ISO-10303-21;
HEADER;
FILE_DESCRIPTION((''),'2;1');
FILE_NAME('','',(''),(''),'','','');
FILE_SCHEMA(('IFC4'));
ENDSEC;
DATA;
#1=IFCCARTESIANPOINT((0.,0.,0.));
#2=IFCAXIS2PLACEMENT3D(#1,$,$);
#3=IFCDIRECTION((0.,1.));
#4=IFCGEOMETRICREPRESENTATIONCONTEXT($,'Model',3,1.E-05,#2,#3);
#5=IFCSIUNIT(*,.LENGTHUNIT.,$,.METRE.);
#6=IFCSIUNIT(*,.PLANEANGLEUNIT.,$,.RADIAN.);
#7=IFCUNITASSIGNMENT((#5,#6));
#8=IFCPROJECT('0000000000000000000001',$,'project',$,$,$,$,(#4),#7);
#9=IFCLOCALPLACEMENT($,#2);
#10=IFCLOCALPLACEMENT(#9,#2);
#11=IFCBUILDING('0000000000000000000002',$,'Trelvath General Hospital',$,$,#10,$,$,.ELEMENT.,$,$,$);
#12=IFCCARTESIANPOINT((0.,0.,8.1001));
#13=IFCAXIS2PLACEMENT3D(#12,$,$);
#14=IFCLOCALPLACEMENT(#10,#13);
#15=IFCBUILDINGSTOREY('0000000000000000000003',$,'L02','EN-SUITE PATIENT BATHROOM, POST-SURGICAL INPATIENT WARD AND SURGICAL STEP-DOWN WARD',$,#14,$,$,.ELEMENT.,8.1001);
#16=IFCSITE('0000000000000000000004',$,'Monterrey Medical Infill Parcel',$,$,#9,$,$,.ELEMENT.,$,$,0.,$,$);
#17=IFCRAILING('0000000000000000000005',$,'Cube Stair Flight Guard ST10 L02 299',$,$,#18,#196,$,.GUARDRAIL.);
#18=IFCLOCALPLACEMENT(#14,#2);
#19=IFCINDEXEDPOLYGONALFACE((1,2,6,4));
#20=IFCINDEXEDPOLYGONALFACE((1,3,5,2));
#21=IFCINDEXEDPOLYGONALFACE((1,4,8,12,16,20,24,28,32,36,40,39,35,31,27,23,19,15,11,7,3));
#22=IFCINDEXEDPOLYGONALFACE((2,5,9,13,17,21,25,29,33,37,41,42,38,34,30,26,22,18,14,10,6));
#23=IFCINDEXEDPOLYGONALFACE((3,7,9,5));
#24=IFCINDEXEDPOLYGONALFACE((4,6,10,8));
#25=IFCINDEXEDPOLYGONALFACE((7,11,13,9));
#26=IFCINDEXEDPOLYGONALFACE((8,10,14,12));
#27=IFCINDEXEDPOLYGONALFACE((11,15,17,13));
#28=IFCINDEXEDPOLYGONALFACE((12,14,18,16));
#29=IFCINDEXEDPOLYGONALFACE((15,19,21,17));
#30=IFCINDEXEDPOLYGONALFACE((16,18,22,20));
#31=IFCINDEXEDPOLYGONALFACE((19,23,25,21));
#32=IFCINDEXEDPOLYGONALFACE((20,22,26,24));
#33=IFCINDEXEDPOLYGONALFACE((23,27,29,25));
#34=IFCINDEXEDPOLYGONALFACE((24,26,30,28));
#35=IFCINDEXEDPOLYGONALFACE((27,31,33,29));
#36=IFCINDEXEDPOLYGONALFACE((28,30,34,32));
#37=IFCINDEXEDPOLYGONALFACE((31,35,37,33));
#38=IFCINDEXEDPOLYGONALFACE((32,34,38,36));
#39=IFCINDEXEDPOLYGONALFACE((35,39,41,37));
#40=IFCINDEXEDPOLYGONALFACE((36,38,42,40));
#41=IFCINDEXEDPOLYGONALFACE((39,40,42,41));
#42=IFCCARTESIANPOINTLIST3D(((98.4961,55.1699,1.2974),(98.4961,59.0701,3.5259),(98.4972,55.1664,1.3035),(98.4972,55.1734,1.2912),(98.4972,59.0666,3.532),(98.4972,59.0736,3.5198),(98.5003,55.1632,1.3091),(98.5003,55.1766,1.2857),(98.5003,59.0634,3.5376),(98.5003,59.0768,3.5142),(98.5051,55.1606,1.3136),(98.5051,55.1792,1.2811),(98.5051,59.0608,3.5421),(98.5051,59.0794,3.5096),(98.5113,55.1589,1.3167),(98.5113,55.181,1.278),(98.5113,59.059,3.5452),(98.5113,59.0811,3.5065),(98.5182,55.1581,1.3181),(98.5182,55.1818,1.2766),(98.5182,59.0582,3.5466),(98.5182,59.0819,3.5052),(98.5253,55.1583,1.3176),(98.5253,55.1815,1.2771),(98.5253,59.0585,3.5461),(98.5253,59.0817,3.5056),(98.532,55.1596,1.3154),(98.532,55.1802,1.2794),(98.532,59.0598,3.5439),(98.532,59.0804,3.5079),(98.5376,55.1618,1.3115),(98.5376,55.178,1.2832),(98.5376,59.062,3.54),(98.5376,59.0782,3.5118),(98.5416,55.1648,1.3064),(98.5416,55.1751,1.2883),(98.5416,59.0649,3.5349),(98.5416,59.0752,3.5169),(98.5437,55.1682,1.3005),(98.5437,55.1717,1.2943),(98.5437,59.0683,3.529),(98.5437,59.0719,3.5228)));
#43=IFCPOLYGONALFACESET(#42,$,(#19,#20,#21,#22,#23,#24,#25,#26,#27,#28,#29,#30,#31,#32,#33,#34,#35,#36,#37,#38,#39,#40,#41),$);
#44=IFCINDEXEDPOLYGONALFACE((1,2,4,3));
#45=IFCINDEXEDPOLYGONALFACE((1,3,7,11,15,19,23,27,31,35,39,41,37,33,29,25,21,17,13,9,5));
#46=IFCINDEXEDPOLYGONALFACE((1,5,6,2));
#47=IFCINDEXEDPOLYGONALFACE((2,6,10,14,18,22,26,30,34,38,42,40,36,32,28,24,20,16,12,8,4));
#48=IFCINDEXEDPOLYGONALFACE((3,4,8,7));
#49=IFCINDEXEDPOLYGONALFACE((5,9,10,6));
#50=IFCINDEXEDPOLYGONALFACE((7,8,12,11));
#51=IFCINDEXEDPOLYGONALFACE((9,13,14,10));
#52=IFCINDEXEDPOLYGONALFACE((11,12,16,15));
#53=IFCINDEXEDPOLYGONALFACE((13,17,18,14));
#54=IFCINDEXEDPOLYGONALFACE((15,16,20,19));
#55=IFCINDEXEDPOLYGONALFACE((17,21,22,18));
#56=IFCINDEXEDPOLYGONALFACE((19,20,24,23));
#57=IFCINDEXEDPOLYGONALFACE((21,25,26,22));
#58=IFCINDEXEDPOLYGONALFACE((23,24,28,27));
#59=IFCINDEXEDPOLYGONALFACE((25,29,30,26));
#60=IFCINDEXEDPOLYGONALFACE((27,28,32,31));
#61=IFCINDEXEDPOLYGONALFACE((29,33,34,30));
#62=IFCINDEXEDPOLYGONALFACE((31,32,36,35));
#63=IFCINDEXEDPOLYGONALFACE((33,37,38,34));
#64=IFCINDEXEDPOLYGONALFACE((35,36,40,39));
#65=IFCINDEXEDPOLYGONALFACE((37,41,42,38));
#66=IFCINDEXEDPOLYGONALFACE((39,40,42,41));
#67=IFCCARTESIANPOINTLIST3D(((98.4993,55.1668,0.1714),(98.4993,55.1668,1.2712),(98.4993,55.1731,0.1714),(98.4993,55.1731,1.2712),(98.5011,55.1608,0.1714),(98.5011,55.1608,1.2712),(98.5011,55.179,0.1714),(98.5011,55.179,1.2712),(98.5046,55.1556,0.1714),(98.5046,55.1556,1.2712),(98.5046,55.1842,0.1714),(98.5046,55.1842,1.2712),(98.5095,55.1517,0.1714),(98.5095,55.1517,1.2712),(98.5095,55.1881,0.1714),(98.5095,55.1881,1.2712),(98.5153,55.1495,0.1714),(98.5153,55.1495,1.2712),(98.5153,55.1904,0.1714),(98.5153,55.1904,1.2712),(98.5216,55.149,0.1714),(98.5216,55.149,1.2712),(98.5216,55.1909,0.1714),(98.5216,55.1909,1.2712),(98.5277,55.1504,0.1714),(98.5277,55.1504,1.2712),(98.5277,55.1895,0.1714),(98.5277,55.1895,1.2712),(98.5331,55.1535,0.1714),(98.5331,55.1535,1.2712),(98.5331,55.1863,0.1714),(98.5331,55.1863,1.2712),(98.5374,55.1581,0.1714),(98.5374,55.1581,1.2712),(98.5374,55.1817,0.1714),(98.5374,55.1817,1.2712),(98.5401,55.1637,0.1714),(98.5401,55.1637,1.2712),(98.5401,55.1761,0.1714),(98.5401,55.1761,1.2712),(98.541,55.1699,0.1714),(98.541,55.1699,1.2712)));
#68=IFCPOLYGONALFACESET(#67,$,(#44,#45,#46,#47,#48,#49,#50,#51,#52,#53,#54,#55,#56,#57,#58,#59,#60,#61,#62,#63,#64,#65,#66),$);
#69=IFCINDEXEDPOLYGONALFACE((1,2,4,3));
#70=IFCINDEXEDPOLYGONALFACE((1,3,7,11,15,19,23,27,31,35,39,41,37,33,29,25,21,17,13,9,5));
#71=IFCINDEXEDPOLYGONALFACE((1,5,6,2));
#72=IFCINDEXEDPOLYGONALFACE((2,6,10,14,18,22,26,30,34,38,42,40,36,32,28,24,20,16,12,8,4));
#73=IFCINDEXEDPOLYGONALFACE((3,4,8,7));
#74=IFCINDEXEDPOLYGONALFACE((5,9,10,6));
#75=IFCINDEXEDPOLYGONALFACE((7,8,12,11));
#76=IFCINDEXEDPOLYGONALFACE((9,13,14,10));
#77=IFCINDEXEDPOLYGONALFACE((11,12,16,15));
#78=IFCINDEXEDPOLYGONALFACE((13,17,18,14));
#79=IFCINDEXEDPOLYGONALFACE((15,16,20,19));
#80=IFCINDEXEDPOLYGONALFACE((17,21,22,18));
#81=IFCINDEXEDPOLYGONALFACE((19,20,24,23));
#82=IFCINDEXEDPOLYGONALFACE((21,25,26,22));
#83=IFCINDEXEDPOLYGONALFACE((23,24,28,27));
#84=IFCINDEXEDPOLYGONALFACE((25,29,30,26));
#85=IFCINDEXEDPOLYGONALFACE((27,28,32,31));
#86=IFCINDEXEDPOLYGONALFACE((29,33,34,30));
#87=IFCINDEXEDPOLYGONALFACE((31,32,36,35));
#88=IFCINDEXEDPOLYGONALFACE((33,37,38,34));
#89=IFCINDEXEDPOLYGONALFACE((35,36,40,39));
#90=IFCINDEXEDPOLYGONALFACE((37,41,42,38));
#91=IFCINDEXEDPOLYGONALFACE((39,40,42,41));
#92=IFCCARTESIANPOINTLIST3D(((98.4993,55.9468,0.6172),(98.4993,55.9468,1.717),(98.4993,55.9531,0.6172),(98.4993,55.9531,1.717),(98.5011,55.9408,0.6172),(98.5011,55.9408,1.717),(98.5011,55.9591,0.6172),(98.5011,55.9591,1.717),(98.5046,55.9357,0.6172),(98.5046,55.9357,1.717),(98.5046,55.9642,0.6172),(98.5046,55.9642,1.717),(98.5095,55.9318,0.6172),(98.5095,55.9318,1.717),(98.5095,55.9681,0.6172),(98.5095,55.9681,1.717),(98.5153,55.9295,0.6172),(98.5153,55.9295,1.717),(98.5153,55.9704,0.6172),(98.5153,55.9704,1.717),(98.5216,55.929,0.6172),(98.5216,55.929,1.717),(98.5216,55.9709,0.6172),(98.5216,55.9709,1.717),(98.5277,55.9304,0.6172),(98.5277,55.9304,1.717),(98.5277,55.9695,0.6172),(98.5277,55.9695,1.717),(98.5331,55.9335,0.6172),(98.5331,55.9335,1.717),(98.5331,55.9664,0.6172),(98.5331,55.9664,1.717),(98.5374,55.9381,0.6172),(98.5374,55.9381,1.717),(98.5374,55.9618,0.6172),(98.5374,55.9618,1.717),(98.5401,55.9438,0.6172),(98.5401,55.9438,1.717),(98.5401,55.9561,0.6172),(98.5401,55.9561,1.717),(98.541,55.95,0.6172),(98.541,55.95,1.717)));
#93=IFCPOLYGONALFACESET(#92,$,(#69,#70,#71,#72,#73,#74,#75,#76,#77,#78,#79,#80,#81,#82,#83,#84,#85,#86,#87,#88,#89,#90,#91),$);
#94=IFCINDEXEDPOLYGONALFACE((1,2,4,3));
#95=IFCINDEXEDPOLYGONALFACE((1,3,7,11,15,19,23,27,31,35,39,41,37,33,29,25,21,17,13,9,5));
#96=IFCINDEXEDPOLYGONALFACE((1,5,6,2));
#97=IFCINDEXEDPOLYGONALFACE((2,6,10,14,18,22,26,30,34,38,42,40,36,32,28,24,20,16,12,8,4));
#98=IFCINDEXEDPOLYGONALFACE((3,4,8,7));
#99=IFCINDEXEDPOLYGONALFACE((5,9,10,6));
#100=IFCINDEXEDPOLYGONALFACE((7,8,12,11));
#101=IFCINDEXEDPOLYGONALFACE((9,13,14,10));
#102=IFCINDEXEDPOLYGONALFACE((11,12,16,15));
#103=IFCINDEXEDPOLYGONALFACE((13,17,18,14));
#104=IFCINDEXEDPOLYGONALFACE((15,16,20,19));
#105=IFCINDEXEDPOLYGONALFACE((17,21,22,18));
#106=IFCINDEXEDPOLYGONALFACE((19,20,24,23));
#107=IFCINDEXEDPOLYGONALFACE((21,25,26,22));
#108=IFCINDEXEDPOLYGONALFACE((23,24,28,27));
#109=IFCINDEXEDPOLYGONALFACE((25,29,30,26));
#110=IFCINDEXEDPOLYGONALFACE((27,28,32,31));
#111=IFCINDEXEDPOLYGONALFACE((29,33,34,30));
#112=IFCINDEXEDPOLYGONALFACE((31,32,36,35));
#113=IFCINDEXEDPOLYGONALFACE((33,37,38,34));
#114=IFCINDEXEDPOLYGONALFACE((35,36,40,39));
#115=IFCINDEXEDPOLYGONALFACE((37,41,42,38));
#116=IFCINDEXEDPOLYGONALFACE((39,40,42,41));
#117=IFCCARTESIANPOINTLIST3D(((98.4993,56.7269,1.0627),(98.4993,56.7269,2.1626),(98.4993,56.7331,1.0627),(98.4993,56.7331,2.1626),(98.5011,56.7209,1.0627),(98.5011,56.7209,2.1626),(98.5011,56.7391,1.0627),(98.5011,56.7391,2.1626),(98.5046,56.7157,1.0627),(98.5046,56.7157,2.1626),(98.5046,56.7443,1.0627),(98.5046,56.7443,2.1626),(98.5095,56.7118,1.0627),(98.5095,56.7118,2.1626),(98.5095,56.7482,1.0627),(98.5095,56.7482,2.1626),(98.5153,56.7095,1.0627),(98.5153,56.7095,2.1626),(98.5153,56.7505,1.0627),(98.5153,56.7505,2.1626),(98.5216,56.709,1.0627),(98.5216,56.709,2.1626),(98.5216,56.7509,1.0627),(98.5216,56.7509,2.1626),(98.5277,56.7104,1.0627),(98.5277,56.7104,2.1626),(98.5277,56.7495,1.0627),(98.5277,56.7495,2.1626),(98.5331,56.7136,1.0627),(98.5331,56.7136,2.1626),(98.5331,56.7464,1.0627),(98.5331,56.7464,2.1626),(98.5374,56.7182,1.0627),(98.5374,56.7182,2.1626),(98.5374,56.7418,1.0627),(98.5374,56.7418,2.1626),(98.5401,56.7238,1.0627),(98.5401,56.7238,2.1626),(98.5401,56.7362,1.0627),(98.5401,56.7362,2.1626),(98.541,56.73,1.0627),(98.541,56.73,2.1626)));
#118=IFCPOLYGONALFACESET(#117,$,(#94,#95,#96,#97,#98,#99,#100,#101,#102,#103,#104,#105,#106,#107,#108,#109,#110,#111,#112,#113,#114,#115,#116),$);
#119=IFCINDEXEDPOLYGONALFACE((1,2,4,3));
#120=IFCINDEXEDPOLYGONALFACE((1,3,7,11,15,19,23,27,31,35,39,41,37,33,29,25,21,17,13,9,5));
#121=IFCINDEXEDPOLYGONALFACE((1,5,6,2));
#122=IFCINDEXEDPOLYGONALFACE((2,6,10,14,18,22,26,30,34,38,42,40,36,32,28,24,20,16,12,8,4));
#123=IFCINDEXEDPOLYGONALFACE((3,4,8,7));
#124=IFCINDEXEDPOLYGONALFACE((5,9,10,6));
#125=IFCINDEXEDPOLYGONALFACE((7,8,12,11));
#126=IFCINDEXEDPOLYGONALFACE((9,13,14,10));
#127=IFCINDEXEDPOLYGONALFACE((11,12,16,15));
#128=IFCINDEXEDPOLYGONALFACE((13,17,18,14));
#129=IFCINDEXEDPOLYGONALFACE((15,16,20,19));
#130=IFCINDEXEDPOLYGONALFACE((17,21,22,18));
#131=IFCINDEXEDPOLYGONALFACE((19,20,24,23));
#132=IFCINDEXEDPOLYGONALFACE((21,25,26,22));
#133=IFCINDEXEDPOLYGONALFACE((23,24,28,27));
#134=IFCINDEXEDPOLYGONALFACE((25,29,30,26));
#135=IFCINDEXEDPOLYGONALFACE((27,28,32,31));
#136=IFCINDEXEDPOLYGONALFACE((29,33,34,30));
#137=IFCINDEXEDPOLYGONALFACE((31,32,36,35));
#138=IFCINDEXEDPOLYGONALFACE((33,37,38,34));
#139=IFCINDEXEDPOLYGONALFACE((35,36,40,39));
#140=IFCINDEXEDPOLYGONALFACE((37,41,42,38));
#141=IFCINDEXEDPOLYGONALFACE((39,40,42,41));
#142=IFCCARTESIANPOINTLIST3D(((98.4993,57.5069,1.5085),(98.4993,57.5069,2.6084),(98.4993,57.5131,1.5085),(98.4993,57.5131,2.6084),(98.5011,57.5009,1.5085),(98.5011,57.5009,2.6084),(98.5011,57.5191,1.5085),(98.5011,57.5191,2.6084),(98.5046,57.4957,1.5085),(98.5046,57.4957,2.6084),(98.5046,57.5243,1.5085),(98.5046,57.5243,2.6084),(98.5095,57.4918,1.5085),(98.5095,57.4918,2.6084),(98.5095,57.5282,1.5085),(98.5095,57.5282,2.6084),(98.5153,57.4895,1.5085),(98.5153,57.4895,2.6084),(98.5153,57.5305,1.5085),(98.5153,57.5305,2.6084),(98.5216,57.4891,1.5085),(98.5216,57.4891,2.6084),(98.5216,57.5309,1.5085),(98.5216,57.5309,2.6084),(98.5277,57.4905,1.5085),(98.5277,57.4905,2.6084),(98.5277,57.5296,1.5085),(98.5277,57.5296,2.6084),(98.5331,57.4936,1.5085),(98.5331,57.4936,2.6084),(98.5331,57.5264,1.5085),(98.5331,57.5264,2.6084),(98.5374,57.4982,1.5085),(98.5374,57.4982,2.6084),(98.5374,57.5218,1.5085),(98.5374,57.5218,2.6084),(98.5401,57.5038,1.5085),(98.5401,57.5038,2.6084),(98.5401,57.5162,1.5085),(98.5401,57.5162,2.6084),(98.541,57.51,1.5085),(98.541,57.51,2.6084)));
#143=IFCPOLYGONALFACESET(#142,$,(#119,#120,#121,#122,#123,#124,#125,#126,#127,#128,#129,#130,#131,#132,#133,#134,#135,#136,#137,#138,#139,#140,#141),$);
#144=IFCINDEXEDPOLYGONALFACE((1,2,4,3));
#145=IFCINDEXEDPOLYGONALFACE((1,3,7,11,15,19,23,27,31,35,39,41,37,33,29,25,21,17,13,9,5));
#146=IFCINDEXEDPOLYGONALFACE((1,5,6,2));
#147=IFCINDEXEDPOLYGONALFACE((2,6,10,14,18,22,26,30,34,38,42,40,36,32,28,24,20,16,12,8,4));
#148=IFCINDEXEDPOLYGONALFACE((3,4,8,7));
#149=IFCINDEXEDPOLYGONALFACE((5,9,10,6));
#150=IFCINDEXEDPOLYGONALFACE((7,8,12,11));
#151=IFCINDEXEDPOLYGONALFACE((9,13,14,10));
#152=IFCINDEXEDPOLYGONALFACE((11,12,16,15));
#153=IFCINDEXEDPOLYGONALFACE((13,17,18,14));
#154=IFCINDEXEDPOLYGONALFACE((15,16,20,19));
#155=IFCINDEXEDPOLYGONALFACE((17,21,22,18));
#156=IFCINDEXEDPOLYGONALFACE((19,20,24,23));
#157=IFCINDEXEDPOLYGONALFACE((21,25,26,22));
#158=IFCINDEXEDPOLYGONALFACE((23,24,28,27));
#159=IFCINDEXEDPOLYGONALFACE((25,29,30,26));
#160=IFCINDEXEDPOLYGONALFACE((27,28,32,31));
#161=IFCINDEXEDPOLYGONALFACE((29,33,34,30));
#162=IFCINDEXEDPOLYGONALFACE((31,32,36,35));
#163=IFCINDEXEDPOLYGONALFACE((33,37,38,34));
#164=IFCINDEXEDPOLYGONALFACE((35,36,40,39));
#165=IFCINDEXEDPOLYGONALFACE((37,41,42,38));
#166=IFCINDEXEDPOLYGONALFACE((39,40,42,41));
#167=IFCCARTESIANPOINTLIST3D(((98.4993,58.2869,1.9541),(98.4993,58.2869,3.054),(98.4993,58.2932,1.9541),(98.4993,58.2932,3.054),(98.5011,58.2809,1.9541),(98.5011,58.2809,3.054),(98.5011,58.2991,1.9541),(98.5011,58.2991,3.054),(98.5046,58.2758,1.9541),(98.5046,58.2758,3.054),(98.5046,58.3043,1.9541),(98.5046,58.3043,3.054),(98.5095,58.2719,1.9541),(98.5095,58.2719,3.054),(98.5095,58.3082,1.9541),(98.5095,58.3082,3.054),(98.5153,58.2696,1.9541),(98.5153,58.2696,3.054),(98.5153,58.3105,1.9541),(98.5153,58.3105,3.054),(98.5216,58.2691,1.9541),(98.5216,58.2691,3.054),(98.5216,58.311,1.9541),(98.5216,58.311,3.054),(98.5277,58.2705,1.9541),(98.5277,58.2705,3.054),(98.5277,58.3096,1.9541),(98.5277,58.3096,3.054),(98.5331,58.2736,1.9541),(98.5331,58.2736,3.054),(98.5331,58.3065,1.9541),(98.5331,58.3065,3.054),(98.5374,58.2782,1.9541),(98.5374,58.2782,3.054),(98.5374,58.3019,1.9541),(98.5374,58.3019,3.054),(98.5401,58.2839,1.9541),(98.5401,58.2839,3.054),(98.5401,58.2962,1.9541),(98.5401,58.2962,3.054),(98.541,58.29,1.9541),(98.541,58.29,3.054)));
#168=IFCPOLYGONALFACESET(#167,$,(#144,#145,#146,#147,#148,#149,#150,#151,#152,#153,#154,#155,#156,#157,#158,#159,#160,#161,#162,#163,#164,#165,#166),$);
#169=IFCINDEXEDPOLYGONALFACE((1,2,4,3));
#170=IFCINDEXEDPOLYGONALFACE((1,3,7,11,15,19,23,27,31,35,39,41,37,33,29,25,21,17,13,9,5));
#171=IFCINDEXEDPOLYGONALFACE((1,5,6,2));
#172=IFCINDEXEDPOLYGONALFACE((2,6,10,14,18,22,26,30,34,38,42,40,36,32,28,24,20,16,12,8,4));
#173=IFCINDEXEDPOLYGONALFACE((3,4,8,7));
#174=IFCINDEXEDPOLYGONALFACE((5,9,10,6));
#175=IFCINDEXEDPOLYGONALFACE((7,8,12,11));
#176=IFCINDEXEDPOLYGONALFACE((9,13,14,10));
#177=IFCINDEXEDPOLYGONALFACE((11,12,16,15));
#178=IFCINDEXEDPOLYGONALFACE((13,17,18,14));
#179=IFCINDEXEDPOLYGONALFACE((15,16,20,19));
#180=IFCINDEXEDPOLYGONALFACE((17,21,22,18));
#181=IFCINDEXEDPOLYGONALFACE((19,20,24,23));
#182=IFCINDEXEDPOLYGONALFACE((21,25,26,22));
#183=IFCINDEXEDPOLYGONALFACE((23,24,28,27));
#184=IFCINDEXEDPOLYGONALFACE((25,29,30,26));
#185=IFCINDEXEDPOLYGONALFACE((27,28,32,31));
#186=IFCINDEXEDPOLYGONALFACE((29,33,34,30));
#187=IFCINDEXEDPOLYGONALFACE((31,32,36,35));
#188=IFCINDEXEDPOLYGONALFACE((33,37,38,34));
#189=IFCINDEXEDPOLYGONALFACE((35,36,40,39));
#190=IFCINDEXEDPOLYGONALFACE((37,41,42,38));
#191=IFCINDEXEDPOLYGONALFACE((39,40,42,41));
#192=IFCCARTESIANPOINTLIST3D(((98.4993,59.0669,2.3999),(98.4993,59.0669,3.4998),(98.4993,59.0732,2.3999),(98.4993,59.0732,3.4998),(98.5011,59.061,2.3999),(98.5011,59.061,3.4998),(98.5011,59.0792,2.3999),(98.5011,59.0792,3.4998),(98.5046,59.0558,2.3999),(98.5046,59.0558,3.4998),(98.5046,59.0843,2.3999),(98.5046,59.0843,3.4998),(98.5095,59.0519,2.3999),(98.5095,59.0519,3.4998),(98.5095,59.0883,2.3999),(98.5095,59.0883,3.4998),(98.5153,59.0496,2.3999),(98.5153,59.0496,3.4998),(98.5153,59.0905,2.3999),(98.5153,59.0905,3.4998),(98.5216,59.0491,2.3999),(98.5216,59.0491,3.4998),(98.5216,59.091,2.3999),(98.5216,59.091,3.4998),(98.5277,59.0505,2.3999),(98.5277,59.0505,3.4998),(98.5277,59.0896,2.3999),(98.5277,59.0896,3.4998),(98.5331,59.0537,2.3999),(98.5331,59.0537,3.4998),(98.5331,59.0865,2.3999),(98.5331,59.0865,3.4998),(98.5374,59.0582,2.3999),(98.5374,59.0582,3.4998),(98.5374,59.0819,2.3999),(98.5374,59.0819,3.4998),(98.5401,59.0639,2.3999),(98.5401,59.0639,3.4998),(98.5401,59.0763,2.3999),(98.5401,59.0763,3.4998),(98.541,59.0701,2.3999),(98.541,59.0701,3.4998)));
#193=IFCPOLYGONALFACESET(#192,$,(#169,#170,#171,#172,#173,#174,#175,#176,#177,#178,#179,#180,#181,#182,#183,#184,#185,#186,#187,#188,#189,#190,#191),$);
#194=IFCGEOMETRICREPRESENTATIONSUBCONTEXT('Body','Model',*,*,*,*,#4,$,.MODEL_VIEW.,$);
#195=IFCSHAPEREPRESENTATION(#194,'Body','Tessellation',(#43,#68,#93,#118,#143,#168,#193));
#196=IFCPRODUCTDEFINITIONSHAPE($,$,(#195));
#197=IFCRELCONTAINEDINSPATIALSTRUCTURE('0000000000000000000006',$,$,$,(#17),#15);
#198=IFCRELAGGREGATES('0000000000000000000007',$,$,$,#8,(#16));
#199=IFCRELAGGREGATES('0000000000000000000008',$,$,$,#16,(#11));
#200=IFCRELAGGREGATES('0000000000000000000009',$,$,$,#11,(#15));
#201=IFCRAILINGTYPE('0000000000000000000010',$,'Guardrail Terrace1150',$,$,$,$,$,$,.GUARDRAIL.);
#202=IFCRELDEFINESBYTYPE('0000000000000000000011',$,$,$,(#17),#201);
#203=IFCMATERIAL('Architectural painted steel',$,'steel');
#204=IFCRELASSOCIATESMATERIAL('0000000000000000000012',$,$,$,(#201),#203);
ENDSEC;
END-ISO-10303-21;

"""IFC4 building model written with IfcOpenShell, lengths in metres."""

from ifc_helpers import new_model, si_unit, direction, frame, origin, origin_2d, place, context, subcontext, project, spatial, circle, extrude, material, type_object, element, save


model = new_model("IFC4")

# Units and contexts
model_context = context("Model", 3, precision=1e-05, world=origin(), true_north=direction((0.0, 1.0)))
body_context = subcontext(model_context, "Body", "Model", "MODEL_VIEW")
ifc_project = project(units=[si_unit("LENGTHUNIT", "METRE"), si_unit("PLANEANGLEUNIT", "RADIAN")], contexts=[model_context])

# Site, building, storey
site_placement = place(None, origin())
site = spatial("IfcSite", under=ifc_project, at=site_placement, Name="Monterrey Medical Infill Parcel", CompositionType="ELEMENT", RefElevation=0.0)
building_placement = place(site_placement, origin())
building = spatial("IfcBuilding", under=site, at=building_placement, Name="Trelvath General Hospital", CompositionType="ELEMENT")
storey_placement = place(building_placement, frame((0.0, 0.0, 8.1001)))
storey = spatial("IfcBuildingStorey", under=building, at=storey_placement, Name="L02", Description="EN-SUITE PATIENT BATHROOM, POST-SURGICAL INPATIENT WARD AND SURGICAL STEP-DOWN WARD", CompositionType="ELEMENT", Elevation=8.1001)

# Railing
ifc_material_1 = material(Name="Architectural painted steel", Category="steel")
railing_type = type_object("IfcRailingType", Name="Guardrail Terrace1150", PredefinedType="GUARDRAIL", material=ifc_material_1)
for number, where, name in (
    (1, (98.52, 55.1699, 0.1714), "Cube Stair Flight Guard ST10 L02 299"),
):
    element("IfcRailing", number, at=place(storey_placement, frame(where)), inside=storey, type_object=railing_type, Name=name, PredefinedType="GUARDRAIL", context=body_context, shape_type="SweptSolid", body=[
        extrude(circle(Radius=0.0239, at=origin_2d()), frame((0.0, 0.0, 1.126), z_axis=(0.0, 0.868257, 0.496116), x_axis=(-1.0, 0.0, 0.0)), (0.0, 0.0, 1.0), 4.4919),
        extrude(circle(Radius=0.021, at=origin_2d()), origin(), (0.0, 0.0, 1.0), 1.0999),
        extrude(circle(Radius=0.021, at=origin_2d()), frame((0.0, 0.78, 0.4458)), (0.0, 0.0, 1.0), 1.0999),
        extrude(circle(Radius=0.021, at=origin_2d()), frame((0.0, 1.5601, 0.8914)), (0.0, 0.0, 1.0), 1.0999),
        extrude(circle(Radius=0.021, at=origin_2d()), frame((0.0, 2.3401, 1.3372)), (0.0, 0.0, 1.0), 1.0999),
        extrude(circle(Radius=0.021, at=origin_2d()), frame((0.0, 3.1201, 1.7827)), (0.0, 0.0, 1.0), 1.0999),
        extrude(circle(Radius=0.021, at=origin_2d()), frame((0.0, 3.9001, 2.2285)), (0.0, 0.0, 1.0), 1.0999),
    ])

save(model, "model.ifc")
